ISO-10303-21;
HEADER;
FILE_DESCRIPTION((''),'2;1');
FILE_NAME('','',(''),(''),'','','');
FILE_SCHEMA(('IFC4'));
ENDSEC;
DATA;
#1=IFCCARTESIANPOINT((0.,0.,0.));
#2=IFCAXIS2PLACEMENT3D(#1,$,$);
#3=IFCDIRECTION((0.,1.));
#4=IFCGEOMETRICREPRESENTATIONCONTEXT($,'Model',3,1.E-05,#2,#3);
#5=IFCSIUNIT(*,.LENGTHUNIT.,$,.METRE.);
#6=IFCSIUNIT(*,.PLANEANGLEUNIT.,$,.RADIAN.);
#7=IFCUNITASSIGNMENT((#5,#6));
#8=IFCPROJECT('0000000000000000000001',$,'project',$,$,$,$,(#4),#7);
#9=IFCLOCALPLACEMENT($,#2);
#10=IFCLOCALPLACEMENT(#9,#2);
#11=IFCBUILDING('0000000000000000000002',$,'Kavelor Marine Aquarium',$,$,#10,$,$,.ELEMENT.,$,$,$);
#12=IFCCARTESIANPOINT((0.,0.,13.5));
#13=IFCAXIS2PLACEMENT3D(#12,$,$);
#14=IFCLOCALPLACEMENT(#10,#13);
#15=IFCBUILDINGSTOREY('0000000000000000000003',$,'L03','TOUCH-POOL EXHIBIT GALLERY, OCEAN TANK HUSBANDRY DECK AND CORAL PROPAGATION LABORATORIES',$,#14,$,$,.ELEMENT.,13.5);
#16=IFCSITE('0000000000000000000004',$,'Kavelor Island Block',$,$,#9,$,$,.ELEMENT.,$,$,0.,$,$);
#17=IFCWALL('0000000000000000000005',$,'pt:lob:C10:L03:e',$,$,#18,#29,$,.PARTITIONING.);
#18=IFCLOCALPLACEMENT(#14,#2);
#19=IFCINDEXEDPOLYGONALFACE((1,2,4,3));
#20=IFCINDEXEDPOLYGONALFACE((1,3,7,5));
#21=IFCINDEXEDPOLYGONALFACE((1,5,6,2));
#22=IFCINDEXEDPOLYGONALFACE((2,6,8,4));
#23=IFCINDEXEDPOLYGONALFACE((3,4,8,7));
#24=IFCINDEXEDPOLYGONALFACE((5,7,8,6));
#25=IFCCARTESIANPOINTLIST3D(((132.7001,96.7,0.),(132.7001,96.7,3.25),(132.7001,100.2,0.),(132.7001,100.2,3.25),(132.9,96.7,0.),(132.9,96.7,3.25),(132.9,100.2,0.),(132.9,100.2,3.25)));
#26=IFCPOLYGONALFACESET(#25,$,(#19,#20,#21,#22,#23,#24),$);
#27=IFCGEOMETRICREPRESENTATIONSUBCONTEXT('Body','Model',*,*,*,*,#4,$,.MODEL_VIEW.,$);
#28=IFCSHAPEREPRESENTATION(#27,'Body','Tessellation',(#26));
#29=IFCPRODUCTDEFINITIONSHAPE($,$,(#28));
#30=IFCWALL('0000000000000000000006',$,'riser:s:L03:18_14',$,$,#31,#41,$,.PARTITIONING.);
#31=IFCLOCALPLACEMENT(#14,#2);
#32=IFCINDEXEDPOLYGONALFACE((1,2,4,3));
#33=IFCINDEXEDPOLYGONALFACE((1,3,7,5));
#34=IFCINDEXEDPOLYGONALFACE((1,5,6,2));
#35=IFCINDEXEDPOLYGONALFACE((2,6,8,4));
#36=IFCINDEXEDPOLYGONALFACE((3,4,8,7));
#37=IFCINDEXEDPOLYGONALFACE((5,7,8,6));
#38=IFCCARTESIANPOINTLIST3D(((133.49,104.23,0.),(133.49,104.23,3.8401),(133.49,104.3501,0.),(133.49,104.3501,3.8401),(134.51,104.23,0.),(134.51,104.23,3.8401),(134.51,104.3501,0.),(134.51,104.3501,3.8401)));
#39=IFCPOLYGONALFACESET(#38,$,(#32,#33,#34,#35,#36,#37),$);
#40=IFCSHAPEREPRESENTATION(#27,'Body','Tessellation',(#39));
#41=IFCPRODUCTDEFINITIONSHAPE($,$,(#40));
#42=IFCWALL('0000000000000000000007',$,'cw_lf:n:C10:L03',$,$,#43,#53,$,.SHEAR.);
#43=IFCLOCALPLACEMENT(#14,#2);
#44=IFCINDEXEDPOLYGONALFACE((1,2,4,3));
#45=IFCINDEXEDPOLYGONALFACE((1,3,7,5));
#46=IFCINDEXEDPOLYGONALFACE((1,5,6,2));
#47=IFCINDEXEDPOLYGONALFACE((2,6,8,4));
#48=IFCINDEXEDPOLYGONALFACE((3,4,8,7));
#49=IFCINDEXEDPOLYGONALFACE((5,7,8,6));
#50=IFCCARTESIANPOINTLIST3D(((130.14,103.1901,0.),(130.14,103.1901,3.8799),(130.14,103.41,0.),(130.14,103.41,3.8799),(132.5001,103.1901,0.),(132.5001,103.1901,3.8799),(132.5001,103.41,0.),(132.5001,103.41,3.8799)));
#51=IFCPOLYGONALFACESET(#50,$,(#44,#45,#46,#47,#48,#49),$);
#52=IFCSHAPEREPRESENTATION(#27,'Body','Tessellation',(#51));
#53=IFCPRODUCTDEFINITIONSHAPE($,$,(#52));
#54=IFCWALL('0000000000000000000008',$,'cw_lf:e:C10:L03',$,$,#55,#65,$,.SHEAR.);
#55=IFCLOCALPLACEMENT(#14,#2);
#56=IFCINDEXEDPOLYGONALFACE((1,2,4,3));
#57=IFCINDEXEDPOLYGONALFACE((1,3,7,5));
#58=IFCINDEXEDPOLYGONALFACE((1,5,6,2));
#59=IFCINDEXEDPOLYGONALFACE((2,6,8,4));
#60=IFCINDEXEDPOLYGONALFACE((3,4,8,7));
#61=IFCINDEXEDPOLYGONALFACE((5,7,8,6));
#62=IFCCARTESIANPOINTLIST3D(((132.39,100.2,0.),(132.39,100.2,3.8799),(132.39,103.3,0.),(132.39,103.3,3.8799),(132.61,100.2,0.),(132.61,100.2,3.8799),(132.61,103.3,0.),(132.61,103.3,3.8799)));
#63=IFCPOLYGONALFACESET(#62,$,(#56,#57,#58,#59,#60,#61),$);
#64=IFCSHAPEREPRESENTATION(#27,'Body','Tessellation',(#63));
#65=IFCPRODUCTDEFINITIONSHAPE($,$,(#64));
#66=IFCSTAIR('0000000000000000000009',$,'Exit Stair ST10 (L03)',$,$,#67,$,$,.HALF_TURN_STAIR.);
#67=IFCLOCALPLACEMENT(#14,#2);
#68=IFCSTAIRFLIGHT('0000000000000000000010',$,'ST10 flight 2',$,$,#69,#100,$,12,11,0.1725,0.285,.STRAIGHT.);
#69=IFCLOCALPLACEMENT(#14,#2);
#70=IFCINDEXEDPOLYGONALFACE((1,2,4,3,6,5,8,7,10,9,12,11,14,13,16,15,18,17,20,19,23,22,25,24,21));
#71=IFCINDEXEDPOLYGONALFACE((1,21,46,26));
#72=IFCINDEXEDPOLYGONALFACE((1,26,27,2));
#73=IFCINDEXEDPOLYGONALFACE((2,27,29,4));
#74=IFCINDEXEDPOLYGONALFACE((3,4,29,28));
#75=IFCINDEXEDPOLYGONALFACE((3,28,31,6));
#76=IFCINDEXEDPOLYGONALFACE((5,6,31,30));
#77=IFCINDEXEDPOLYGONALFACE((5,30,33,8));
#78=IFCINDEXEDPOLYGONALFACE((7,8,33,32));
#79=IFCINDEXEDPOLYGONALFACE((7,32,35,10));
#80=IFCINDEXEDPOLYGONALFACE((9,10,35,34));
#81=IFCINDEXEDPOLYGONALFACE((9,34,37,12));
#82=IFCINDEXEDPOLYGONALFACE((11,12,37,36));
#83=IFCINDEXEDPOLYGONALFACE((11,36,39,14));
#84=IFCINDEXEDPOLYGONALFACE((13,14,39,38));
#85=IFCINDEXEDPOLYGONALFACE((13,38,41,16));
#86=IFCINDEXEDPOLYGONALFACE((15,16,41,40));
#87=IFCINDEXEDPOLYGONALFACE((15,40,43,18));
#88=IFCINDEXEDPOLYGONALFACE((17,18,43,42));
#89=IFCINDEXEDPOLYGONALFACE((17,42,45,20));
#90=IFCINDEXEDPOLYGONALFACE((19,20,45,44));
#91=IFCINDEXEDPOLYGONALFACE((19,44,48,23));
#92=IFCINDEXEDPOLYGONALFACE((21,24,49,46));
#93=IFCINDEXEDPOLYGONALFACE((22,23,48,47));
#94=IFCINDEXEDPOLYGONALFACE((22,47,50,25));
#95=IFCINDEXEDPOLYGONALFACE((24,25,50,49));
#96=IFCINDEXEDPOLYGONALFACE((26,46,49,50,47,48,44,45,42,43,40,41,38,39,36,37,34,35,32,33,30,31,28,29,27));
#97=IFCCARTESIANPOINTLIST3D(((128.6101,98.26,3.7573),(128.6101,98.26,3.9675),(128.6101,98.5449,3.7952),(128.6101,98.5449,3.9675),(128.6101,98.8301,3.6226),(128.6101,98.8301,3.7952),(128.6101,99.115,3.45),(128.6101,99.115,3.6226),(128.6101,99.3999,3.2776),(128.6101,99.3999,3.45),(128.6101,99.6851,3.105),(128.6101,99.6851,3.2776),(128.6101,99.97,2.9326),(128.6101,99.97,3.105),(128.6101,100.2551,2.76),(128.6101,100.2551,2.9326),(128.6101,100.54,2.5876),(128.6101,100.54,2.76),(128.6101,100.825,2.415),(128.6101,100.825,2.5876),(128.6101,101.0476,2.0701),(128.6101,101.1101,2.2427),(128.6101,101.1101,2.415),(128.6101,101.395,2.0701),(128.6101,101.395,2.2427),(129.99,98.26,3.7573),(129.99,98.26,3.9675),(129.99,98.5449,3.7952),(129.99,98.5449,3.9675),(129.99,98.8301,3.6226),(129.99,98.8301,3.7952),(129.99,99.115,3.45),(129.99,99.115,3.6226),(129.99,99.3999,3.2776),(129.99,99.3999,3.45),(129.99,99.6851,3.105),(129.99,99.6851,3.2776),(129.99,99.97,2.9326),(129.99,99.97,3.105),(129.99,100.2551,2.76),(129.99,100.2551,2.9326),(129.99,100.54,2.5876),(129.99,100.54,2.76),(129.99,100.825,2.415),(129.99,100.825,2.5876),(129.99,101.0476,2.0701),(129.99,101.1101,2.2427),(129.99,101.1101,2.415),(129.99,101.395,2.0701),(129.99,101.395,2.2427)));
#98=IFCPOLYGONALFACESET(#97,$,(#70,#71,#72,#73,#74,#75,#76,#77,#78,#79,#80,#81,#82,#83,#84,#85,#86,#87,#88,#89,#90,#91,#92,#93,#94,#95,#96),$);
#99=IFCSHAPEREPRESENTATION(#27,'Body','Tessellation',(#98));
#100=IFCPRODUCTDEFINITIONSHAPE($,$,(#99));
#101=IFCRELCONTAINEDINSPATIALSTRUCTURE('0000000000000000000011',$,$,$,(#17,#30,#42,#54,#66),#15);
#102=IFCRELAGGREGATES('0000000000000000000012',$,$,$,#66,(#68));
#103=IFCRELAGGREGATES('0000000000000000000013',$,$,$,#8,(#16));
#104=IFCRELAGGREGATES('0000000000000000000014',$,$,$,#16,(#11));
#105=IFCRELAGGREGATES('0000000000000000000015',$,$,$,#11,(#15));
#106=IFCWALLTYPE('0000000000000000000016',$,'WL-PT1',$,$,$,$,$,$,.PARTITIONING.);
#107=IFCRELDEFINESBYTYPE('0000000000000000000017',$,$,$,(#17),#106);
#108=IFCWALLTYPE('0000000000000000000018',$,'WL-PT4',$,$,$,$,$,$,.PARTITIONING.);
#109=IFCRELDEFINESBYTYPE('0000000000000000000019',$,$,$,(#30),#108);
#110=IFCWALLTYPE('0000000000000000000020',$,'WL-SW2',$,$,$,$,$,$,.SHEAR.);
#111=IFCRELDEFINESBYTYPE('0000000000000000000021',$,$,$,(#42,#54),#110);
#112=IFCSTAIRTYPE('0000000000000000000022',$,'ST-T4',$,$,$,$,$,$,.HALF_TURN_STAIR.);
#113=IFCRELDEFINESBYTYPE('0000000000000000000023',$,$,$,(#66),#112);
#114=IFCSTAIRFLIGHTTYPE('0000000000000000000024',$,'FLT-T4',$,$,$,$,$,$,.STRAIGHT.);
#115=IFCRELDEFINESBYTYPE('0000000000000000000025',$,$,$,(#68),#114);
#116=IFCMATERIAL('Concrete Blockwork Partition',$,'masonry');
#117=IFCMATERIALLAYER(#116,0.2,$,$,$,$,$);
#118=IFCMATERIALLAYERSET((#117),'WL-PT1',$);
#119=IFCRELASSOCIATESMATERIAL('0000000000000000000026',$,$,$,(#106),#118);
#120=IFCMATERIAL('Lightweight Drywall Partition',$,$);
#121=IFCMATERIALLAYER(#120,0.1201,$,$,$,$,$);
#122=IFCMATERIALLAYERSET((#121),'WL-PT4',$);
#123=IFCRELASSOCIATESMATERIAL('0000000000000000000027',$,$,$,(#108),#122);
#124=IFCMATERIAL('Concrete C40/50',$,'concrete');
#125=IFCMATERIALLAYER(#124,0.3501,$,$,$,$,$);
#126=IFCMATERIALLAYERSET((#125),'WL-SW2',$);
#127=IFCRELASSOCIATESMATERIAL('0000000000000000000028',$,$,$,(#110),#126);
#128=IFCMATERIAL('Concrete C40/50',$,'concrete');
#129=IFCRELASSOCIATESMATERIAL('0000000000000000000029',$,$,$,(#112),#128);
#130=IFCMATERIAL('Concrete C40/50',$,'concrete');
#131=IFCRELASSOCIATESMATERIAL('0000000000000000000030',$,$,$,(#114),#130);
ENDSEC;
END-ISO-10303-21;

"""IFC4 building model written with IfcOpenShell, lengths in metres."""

from ifc_helpers import new_model, si_unit, direction, frame, frame_2d, origin, place, context, subcontext, project, spatial, polyline, rectangle, outline, extrude, material, layer, layer_set, type_object, element, aggregate, save


model = new_model("IFC4")

# Units and contexts
model_context = context("Model", 3, precision=1e-05, world=origin(), true_north=direction((0.0, 1.0)))
body_context = subcontext(model_context, "Body", "Model", "MODEL_VIEW")
ifc_project = project(units=[si_unit("LENGTHUNIT", "METRE"), si_unit("PLANEANGLEUNIT", "RADIAN")], contexts=[model_context])

# Site, building, storey
site_placement = place(None, origin())
site = spatial("IfcSite", under=ifc_project, at=site_placement, Name="Kavelor Island Block", CompositionType="ELEMENT", RefElevation=0.0)
building_placement = place(site_placement, origin())
building = spatial("IfcBuilding", under=site, at=building_placement, Name="Kavelor Marine Aquarium", CompositionType="ELEMENT")
storey_placement = place(building_placement, frame((0.0, 0.0, 13.5)))
storey = spatial("IfcBuildingStorey", under=building, at=storey_placement, Name="L03", Description="TOUCH-POOL EXHIBIT GALLERY, OCEAN TANK HUSBANDRY DECK AND CORAL PROPAGATION LABORATORIES", CompositionType="ELEMENT", Elevation=13.5)

# Walls
ifc_material_1 = material(Name="Concrete Blockwork Partition", Category="masonry")
ifc_layer_1 = layer(ifc_material_1, 0.2)
ifc_layer_set_1 = layer_set([ifc_layer_1], Name="WL-PT1")
wall_type_1 = type_object("IfcWallType", Name="WL-PT1", PredefinedType="PARTITIONING", material=ifc_layer_set_1)
wall_1_placement = place(storey_placement, frame((132.8, 96.7, 0.0), z_axis=(0.0, 0.0, 1.0), x_axis=(0.0, 1.0, 0.0)))
element("IfcWall", 1, at=wall_1_placement, inside=storey, type_object=wall_type_1, Name="pt:lob:C10:L03:e", PredefinedType="PARTITIONING", context=body_context, shape_type="SweptSolid", body=[
    extrude(rectangle(XDim=3.5, YDim=0.2, at=frame_2d((1.75, 0.0))), origin(), (0.0, 0.0, 1.0), 3.25),
])
ifc_material_2 = material(Name="Lightweight Drywall Partition")
ifc_layer_2 = layer(ifc_material_2, 0.1201)
ifc_layer_set_2 = layer_set([ifc_layer_2], Name="WL-PT4")
wall_type_2 = type_object("IfcWallType", Name="WL-PT4", PredefinedType="PARTITIONING", material=ifc_layer_set_2)
wall_2_placement = place(storey_placement, frame((133.49, 104.29, 0.0), z_axis=(0.0, 0.0, 1.0), x_axis=(1.0, 0.0, 0.0)))
element("IfcWall", 2, at=wall_2_placement, inside=storey, type_object=wall_type_2, Name="riser:s:L03:18_14", PredefinedType="PARTITIONING", context=body_context, shape_type="SweptSolid", body=[
    extrude(rectangle(XDim=1.02, YDim=0.1201, at=frame_2d((0.51, 0.0))), origin(), (0.0, 0.0, 1.0), 3.8401),
])

# Shared definitions
ifc_material_3 = material(Name="Concrete C40/50", Category="concrete")
ifc_layer_3 = layer(ifc_material_3, 0.3501)
ifc_layer_set_3 = layer_set([ifc_layer_3], Name="WL-SW2")
wall_type_3 = type_object("IfcWallType", Name="WL-SW2", PredefinedType="SHEAR", material=ifc_layer_set_3)

# Walls
wall_3_placement = place(storey_placement, frame((130.1399, 103.3, 0.0), z_axis=(0.0, 0.0, 1.0), x_axis=(1.0, 0.0, 0.0)))
element("IfcWall", 3, at=wall_3_placement, inside=storey, type_object=wall_type_3, Name="cw_lf:n:C10:L03", PredefinedType="SHEAR", context=body_context, shape_type="SweptSolid", body=[
    extrude(rectangle(XDim=2.3601, YDim=0.22, at=frame_2d((1.1802, 0.0))), origin(), (0.0, 0.0, 1.0), 3.8799),
])
wall_4_placement = place(storey_placement, frame((132.5, 100.2, 0.0), z_axis=(0.0, 0.0, 1.0), x_axis=(0.0, 1.0, 0.0)))
element("IfcWall", 4, at=wall_4_placement, inside=storey, type_object=wall_type_3, Name="cw_lf:e:C10:L03", PredefinedType="SHEAR", context=body_context, shape_type="SweptSolid", body=[
    extrude(rectangle(XDim=3.1001, YDim=0.22, at=frame_2d((1.55, 0.0))), origin(), (0.0, 0.0, 1.0), 3.8799),
])

# Stair, stair flight
ifc_material_4 = material(Name="Concrete C40/50", Category="concrete")
stair_type = type_object("IfcStairType", Name="ST-T4", PredefinedType="HALF_TURN_STAIR", material=ifc_material_4)
stair_placement = place(storey_placement, origin())
stair = element("IfcStair", 5, at=stair_placement, inside=storey, type_object=stair_type, Name="Exit Stair ST10 (L03)", PredefinedType="HALF_TURN_STAIR")
ifc_material_5 = material(Name="Concrete C40/50", Category="concrete")
stair_flight_type = type_object("IfcStairFlightType", Name="FLT-T4", PredefinedType="STRAIGHT", material=ifc_material_5)
stair_flight_placement = place(storey_placement, frame((129.3, 101.395, 2.0701), z_axis=(0.0, 0.0, 1.0), x_axis=(0.0, -1.0, 0.0)))
stair_flight = element("IfcStairFlight", 6, at=stair_flight_placement, type_object=stair_flight_type, Name="ST10 flight 2", NumberOfRisers=12, NumberOfTreads=11, PredefinedType="STRAIGHT", RiserHeight=0.1725, TreadLength=0.285, context=body_context, shape_type="SweptSolid", body=[
    extrude(outline(polyline([(0.0, 0.0), (0.0, 0.1726), (0.2849, 0.1726), (0.2849, 0.345), (0.5701, 0.345), (0.5701, 0.5176), (0.855, 0.5176), (0.855, 0.6899), (1.1399, 0.6899), (1.1399, 0.8625), (1.425, 0.8625), (1.425, 1.0349), (1.71, 1.0349), (1.71, 1.2075), (1.9951, 1.2075), (1.9951, 1.3799), (2.28, 1.3799), (2.28, 1.5525), (2.5649, 1.5525), (2.5649, 1.7251), (2.8501, 1.7251), (2.8501, 1.8975), (3.135, 1.8975), (3.135, 2.0701), (3.135, 1.6873), (0.3474, 0.0), (0.0, 0.0)])), frame((0.0, 0.6899, 0.0), z_axis=(0.0, -1.0, 0.0), x_axis=(1.0, 0.0, 0.0)), (0.0, 0.0, 1.0), 1.3799),
])
aggregate(stair, [stair_flight])

save(model, "model.ifc")
